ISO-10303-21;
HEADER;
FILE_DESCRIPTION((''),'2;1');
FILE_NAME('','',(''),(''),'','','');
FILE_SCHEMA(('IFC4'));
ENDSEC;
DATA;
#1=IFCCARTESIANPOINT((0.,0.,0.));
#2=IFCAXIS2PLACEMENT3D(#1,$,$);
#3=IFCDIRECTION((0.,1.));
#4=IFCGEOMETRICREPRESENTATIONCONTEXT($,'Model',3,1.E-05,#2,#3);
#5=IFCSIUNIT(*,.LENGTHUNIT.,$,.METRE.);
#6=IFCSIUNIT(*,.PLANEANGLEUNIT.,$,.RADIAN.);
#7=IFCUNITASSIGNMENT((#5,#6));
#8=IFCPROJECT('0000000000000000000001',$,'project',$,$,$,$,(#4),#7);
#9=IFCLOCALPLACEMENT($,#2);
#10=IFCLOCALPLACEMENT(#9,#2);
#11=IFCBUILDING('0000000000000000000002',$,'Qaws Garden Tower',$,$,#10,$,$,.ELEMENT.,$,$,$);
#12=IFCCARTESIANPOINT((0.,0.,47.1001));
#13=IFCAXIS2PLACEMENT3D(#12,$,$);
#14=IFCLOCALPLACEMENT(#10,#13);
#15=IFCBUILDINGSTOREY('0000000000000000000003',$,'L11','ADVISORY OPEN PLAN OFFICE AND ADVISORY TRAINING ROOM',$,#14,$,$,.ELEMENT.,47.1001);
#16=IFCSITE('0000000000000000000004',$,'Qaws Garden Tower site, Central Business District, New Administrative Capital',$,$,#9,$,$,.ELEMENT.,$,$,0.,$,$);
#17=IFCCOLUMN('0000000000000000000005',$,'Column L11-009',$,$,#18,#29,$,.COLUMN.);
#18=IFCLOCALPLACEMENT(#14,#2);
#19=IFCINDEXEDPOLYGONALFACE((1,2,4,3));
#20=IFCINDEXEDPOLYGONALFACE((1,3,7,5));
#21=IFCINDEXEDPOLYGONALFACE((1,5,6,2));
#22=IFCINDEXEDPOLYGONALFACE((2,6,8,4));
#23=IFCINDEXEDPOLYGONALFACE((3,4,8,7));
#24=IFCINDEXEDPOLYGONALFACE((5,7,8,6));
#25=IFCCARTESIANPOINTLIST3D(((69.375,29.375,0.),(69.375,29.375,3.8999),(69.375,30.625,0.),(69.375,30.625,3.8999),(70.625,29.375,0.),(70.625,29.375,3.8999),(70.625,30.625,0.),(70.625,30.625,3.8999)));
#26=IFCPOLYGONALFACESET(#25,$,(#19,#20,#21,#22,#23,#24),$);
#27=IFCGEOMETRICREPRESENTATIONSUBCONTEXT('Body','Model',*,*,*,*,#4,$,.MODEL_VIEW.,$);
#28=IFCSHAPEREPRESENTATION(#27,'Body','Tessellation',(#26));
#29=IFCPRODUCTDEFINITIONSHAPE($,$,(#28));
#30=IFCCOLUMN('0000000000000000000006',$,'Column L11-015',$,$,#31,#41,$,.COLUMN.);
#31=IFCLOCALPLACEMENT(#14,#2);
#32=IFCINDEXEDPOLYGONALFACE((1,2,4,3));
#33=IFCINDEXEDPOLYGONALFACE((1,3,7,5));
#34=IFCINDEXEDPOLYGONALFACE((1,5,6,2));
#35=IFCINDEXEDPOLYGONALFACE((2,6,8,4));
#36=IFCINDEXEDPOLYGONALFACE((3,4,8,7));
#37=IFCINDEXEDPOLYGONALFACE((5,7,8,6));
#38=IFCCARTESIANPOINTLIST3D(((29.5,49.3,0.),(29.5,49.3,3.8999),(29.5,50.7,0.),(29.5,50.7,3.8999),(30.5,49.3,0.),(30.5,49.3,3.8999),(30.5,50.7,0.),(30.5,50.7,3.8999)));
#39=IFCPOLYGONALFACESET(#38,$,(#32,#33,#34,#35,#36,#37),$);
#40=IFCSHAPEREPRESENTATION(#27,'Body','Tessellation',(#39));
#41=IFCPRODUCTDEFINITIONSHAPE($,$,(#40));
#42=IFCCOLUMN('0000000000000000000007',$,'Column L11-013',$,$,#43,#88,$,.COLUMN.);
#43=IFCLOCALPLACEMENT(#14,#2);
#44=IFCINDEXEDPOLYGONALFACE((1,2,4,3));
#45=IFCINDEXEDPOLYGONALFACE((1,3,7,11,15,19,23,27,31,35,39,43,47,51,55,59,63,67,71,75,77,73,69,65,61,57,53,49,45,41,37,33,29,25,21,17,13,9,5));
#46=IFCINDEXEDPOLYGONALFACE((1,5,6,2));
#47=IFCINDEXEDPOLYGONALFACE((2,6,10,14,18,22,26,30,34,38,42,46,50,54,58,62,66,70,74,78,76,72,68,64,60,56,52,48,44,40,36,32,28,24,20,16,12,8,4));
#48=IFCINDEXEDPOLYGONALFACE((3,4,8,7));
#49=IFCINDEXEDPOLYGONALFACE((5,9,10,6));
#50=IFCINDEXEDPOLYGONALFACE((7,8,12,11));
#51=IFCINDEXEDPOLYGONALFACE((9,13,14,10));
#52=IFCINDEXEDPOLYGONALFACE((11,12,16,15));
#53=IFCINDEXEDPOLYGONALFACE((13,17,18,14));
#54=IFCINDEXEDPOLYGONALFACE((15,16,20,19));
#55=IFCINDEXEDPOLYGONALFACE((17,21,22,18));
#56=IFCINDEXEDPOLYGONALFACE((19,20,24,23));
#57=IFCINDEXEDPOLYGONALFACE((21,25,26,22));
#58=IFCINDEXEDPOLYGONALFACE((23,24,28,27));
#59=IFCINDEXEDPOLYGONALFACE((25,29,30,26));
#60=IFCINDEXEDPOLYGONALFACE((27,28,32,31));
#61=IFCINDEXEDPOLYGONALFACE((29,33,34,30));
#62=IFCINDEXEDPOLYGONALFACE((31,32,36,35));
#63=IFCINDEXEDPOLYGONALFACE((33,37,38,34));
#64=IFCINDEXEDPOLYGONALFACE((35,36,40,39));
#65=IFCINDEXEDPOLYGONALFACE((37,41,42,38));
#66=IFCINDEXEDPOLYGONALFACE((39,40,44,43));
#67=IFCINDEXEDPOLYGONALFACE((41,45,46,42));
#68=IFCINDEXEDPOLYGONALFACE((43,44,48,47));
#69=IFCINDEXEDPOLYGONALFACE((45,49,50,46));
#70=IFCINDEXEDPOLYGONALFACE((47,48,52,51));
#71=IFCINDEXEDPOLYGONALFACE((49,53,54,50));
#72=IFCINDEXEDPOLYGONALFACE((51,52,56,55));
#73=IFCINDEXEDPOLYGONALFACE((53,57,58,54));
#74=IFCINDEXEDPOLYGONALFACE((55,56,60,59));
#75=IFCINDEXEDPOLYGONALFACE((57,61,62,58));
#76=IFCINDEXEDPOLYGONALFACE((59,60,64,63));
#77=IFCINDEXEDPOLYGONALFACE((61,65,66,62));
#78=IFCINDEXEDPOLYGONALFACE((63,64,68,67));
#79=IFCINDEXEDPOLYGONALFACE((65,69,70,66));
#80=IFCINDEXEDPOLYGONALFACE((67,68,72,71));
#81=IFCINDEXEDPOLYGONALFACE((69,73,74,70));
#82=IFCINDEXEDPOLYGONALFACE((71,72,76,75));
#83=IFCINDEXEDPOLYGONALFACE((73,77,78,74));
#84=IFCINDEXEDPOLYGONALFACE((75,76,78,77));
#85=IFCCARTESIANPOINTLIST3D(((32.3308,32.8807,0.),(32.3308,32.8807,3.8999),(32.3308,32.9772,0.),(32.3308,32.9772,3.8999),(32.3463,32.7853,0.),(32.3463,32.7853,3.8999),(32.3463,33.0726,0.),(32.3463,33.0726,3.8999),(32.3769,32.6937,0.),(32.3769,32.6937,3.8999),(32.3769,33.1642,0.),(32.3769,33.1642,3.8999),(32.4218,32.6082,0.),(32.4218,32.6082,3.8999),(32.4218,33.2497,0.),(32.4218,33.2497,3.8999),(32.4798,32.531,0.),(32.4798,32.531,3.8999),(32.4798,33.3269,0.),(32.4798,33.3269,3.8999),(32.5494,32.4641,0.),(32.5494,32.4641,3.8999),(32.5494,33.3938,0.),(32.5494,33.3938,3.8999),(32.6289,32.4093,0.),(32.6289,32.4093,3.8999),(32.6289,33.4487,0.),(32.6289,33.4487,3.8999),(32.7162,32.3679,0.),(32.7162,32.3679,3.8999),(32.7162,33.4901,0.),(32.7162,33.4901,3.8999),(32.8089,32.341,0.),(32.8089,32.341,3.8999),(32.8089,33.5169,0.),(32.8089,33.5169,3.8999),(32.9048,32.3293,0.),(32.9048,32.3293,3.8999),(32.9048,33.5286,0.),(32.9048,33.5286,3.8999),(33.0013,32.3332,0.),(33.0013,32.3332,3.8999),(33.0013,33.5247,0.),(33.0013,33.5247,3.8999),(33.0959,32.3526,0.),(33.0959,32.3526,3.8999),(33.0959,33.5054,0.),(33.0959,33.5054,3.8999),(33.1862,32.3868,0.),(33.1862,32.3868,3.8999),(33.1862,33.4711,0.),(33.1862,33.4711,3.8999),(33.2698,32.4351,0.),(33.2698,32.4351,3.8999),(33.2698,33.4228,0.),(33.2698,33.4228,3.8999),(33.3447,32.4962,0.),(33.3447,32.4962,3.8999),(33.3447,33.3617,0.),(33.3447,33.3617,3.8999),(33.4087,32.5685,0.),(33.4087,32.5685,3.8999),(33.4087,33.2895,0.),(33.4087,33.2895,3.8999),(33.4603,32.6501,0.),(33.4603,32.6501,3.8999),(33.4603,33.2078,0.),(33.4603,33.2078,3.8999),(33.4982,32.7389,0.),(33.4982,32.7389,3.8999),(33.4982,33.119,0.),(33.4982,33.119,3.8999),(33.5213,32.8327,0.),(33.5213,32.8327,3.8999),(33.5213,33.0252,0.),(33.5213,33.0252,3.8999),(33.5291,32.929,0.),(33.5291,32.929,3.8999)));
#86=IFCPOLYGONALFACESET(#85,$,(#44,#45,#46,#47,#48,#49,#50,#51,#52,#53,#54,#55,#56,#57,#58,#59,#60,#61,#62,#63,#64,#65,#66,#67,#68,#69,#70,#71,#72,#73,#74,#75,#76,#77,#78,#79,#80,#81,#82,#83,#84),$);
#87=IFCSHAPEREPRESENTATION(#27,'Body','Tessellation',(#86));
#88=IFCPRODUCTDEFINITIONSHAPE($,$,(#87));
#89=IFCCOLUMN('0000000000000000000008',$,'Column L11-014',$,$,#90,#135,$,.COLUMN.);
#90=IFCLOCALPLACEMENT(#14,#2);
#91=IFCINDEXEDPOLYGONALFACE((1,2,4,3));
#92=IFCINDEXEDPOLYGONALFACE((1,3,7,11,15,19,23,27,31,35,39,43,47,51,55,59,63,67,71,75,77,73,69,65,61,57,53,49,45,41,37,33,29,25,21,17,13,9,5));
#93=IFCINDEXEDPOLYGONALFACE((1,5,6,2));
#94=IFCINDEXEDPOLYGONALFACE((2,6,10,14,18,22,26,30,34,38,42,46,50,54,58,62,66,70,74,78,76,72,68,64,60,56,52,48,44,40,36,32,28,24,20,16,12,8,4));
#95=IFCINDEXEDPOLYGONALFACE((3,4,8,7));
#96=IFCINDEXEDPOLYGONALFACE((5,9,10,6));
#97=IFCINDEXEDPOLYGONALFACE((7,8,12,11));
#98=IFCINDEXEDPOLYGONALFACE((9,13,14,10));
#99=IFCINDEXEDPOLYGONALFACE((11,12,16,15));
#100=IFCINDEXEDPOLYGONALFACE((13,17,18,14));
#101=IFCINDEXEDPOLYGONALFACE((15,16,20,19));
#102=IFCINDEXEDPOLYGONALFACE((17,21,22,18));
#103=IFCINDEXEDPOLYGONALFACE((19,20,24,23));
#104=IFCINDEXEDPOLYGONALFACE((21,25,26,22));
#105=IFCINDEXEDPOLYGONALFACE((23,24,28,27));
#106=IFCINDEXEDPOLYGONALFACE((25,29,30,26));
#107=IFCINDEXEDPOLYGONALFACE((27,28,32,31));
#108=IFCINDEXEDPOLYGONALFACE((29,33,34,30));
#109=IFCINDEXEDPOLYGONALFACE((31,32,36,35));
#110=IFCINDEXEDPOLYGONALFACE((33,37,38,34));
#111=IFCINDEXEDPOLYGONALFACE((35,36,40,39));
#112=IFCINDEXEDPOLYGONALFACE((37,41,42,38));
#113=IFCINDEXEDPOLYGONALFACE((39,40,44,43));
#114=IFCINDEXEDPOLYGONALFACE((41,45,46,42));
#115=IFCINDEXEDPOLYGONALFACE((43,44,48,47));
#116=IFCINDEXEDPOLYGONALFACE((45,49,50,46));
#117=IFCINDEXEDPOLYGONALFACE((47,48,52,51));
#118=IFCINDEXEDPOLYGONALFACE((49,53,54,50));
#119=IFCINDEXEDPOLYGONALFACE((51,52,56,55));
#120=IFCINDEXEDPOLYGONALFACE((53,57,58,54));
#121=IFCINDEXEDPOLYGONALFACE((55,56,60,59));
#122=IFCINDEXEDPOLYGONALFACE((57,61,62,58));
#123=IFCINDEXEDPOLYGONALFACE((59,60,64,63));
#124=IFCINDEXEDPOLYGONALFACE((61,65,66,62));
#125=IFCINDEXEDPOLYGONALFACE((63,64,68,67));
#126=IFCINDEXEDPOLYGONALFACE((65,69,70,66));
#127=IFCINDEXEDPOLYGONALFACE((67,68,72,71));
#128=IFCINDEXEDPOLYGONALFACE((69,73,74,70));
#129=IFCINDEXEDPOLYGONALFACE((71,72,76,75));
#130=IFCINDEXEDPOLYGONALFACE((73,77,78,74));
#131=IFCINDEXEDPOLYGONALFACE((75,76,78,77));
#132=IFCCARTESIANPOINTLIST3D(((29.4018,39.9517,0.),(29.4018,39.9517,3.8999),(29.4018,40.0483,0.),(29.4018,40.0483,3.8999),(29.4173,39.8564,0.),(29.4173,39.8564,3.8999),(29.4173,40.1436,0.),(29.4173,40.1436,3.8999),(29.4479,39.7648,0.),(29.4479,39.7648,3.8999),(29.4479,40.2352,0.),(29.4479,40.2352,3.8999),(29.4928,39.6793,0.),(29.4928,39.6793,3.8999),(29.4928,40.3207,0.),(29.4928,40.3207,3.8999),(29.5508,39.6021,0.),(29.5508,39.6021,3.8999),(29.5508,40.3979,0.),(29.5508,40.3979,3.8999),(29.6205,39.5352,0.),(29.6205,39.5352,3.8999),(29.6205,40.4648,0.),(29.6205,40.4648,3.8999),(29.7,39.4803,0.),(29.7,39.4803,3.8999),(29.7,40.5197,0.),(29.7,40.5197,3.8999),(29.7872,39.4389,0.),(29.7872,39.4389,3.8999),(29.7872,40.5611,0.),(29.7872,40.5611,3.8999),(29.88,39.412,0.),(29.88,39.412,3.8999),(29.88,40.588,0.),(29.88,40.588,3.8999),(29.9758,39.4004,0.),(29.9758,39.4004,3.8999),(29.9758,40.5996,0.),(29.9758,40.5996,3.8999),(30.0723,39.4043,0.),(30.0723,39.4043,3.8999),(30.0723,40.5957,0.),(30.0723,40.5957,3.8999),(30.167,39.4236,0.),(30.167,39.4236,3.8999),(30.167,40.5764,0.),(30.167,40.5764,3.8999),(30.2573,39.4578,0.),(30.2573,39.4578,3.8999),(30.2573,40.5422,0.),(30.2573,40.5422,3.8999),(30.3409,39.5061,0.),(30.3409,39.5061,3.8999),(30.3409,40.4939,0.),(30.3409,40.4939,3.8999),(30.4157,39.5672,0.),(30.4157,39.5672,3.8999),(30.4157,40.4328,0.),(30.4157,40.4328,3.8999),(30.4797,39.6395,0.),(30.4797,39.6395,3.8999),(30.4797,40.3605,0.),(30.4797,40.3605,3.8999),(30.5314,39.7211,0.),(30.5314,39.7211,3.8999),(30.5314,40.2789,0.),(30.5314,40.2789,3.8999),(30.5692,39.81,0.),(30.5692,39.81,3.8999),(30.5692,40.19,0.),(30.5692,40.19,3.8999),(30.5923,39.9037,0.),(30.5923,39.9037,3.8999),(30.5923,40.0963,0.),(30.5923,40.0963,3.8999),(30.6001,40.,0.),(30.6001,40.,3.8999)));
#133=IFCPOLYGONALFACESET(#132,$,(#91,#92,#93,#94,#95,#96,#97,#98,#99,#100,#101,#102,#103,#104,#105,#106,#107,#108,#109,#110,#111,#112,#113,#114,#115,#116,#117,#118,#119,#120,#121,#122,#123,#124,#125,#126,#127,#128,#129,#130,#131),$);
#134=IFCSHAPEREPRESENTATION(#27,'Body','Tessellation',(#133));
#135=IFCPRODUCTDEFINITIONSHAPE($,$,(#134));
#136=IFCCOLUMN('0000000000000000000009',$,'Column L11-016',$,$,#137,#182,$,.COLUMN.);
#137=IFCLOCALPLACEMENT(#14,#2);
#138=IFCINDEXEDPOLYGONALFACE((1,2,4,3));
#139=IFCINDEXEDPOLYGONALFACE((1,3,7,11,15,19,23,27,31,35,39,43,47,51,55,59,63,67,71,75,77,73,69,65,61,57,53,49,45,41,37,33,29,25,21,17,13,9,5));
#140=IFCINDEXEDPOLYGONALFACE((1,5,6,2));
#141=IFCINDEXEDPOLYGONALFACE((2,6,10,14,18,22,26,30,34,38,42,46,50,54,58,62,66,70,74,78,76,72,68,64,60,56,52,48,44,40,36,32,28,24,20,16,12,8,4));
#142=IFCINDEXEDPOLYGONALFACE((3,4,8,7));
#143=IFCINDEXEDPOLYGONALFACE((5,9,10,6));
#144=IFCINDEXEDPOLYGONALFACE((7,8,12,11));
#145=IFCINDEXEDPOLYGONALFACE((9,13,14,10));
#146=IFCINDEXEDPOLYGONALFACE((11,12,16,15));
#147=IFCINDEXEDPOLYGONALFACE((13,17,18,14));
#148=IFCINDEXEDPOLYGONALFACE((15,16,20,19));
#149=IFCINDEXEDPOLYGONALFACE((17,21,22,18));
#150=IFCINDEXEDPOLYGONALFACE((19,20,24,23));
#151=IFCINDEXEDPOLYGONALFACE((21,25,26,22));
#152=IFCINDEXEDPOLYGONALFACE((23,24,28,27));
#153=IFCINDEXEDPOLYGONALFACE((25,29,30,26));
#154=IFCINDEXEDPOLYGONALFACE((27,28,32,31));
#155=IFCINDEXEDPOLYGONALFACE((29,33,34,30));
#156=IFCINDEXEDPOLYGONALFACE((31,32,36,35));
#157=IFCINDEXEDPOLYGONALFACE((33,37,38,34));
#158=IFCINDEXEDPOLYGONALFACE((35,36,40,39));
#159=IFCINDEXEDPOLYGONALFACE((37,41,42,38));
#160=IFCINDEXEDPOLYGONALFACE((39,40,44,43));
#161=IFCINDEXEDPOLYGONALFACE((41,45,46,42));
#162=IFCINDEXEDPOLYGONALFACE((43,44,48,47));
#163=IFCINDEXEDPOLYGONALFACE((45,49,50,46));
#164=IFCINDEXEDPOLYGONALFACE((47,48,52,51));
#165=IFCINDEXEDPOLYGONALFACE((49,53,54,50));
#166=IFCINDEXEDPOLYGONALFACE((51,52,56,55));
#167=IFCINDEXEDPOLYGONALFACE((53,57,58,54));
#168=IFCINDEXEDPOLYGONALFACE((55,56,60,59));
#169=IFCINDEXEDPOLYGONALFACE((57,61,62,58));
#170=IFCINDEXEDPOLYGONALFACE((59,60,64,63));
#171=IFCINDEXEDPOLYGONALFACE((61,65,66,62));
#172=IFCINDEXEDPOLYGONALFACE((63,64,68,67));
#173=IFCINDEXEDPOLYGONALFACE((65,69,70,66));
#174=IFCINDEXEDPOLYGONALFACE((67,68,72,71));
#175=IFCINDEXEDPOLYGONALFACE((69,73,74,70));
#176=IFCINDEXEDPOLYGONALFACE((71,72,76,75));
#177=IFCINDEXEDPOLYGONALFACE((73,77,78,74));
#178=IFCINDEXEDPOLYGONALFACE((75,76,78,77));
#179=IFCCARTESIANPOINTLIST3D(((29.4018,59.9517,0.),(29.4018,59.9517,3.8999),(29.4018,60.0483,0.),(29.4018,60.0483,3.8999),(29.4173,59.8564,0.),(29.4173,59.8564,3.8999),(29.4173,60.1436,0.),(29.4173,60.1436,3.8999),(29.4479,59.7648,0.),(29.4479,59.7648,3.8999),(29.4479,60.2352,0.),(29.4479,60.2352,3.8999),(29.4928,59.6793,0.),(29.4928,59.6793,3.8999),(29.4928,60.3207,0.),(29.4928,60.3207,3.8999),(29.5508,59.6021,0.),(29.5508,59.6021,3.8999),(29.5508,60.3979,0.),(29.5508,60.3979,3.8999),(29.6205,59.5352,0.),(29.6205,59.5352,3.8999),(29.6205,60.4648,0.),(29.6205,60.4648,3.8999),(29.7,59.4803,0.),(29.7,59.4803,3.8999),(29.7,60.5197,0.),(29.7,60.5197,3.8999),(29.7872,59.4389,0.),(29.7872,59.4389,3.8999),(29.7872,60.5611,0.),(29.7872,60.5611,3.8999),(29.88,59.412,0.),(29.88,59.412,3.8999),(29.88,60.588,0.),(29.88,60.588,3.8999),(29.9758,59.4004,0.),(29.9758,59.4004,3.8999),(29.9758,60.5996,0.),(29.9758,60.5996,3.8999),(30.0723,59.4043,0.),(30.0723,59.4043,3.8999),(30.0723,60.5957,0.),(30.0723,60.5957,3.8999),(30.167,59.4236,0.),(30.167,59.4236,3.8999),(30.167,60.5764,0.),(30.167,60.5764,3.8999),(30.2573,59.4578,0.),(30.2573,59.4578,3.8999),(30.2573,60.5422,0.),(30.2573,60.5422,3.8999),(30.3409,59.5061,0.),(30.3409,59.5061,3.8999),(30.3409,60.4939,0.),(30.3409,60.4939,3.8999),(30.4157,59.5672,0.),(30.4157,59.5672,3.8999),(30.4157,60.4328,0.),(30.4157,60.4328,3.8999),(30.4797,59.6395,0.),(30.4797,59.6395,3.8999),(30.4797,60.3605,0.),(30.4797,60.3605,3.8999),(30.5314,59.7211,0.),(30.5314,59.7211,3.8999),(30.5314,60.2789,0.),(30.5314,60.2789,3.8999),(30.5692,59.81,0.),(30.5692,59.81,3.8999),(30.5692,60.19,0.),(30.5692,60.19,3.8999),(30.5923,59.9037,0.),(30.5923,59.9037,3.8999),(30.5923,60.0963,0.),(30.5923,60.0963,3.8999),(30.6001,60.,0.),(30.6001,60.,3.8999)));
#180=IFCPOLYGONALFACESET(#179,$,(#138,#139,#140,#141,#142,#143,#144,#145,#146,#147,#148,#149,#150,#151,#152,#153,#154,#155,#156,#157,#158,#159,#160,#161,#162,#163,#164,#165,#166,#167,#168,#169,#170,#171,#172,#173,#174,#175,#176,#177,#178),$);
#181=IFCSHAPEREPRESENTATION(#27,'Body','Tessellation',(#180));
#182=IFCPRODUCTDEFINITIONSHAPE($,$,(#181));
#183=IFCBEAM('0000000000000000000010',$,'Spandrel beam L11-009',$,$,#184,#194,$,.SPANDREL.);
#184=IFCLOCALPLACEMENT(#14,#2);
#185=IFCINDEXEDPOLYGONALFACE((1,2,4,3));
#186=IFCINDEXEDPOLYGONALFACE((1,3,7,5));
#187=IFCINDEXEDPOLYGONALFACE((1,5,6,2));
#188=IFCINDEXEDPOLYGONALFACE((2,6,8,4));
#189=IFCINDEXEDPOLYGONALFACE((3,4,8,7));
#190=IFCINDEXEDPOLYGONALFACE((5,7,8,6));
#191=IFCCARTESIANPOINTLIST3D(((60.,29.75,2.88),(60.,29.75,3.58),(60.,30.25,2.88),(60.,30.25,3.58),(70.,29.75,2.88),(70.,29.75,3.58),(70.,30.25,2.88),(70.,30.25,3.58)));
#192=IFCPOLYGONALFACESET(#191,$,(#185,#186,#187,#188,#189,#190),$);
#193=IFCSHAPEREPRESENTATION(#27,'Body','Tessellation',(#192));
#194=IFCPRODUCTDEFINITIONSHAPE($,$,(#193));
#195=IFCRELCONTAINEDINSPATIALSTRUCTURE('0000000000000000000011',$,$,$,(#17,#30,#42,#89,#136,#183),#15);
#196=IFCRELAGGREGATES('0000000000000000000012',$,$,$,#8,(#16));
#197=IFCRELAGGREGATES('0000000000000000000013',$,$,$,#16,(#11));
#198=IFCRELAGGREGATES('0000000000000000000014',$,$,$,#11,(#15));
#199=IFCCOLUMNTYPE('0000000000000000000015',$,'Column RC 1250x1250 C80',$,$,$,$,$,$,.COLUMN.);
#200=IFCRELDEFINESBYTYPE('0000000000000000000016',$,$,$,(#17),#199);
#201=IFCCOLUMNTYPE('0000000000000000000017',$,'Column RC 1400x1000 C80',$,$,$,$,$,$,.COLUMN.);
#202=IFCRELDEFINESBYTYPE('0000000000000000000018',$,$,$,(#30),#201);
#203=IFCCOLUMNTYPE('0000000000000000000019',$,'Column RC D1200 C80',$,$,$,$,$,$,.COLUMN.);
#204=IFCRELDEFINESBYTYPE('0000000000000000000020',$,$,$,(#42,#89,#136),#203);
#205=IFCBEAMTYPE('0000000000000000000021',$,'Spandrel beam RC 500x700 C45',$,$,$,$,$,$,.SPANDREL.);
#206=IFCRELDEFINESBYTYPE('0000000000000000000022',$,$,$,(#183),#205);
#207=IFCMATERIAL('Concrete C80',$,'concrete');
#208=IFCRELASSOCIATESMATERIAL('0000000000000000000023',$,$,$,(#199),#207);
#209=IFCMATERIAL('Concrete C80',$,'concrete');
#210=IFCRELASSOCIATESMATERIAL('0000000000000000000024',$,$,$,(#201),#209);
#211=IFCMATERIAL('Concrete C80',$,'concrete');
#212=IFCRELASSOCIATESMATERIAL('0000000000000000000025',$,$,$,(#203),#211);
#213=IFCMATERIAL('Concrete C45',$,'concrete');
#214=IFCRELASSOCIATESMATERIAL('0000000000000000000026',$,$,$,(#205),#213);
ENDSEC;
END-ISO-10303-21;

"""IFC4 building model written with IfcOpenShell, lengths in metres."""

from ifc_helpers import new_model, si_unit, direction, frame, origin, origin_2d, place, context, subcontext, project, spatial, rectangle, circle, extrude, material, material_profile, profile_set, type_object, element, save


model = new_model("IFC4")

# Units and contexts
model_context = context("Model", 3, precision=1e-05, world=origin(), true_north=direction((0.0, 1.0)))
body_context = subcontext(model_context, "Body", "Model", "MODEL_VIEW")
ifc_project = project(units=[si_unit("LENGTHUNIT", "METRE"), si_unit("PLANEANGLEUNIT", "RADIAN")], contexts=[model_context])

# Site, building, storey
site_placement = place(None, origin())
site = spatial("IfcSite", under=ifc_project, at=site_placement, Name="Qaws Garden Tower site, Central Business District, New Administrative Capital", CompositionType="ELEMENT", RefElevation=0.0)
building_placement = place(site_placement, origin())
building = spatial("IfcBuilding", under=site, at=building_placement, Name="Qaws Garden Tower", CompositionType="ELEMENT")
storey_placement = place(building_placement, frame((0.0, 0.0, 47.1001)))
storey = spatial("IfcBuildingStorey", under=building, at=storey_placement, Name="L11", Description="ADVISORY OPEN PLAN OFFICE AND ADVISORY TRAINING ROOM", CompositionType="ELEMENT", Elevation=47.1001)

# Columns
ifc_material_1 = material(Name="Concrete C80", Category="concrete")
ifc_material_profile_1 = material_profile(ifc_material_1, rectangle(XDim=1.25, YDim=1.25, at=origin_2d()), Name="RC 1250x1250")
ifc_profile_set_1 = profile_set([ifc_material_profile_1], Name="Concrete C80")
column_type_1 = type_object("IfcColumnType", Name="Column RC 1250x1250 C80", PredefinedType="COLUMN", material=ifc_profile_set_1)
column_1_placement = place(storey_placement, frame((70.0, 30.0, 0.0), z_axis=(0.0, 0.0, 1.0), x_axis=(1.0, 0.0, 0.0)))
element("IfcColumn", 1, at=column_1_placement, inside=storey, type_object=column_type_1, Name="Column L11-009", PredefinedType="COLUMN", context=body_context, shape_type="SweptSolid", body=[
    extrude(rectangle(XDim=1.25, YDim=1.25, at=origin_2d()), origin(), (0.0, 0.0, 1.0), 3.8999),
])
ifc_material_2 = material(Name="Concrete C80", Category="concrete")
ifc_material_profile_2 = material_profile(ifc_material_2, rectangle(XDim=1.3999, YDim=1.0, at=origin_2d()), Name="RC 1400x1000")
ifc_profile_set_2 = profile_set([ifc_material_profile_2], Name="Concrete C80")
column_type_2 = type_object("IfcColumnType", Name="Column RC 1400x1000 C80", PredefinedType="COLUMN", material=ifc_profile_set_2)
column_2_placement = place(storey_placement, frame((30.0, 50.0, 0.0), z_axis=(0.0, 0.0, 1.0), x_axis=(0.0, 1.0, 0.0)))
element("IfcColumn", 2, at=column_2_placement, inside=storey, type_object=column_type_2, Name="Column L11-015", PredefinedType="COLUMN", context=body_context, shape_type="SweptSolid", body=[
    extrude(rectangle(XDim=1.3999, YDim=1.0, at=origin_2d()), origin(), (0.0, 0.0, 1.0), 3.8999),
])
ifc_material_3 = material(Name="Concrete C80", Category="concrete")
ifc_material_profile_3 = material_profile(ifc_material_3, circle(Radius=0.6001, at=origin_2d()), Name="RC D1200")
ifc_profile_set_3 = profile_set([ifc_material_profile_3], Name="Concrete C80")
column_type_3 = type_object("IfcColumnType", Name="Column RC D1200 C80", PredefinedType="COLUMN", material=ifc_profile_set_3)
for number, where, z_axis, x_axis, name in (
    (3, (32.929, 32.929, 0.0), (0.0, 0.0, 1.0), (1.0, 0.0, 0.0), "Column L11-013"),
    (4, (30.0, 40.0, 0.0), (0.0, 0.0, 1.0), (1.0, 0.0, 0.0), "Column L11-014"),
    (5, (30.0, 60.0, 0.0), (0.0, 0.0, 1.0), (1.0, 0.0, 0.0), "Column L11-016"),
):
    element("IfcColumn", number, at=place(storey_placement, frame(where, z_axis=z_axis, x_axis=x_axis)), inside=storey, type_object=column_type_3, Name=name, PredefinedType="COLUMN", context=body_context, shape_type="SweptSolid", body=[
        extrude(circle(Radius=0.6001, at=origin_2d()), origin(), (0.0, 0.0, 1.0), 3.8999),
    ])

# Beam
ifc_material_4 = material(Name="Concrete C45", Category="concrete")
ifc_material_profile_4 = material_profile(ifc_material_4, rectangle(XDim=0.5, YDim=0.7, at=origin_2d()), Name="RC 500x700")
ifc_profile_set_4 = profile_set([ifc_material_profile_4], Name="Concrete C45")
beam_type = type_object("IfcBeamType", Name="Spandrel beam RC 500x700 C45", PredefinedType="SPANDREL", material=ifc_profile_set_4)
beam_1_placement = place(storey_placement, frame((70.0, 30.0, 3.23), z_axis=(-1.0, 0.0, 0.0), x_axis=(0.0, -1.0, 0.0)))
element("IfcBeam", 6, at=beam_1_placement, inside=storey, type_object=beam_type, Name="Spandrel beam L11-009", PredefinedType="SPANDREL", context=body_context, shape_type="SweptSolid", body=[
    extrude(rectangle(XDim=0.5, YDim=0.7, at=origin_2d()), origin(), (0.0, 0.0, 1.0), 10.0),
])

save(model, "model.ifc")
